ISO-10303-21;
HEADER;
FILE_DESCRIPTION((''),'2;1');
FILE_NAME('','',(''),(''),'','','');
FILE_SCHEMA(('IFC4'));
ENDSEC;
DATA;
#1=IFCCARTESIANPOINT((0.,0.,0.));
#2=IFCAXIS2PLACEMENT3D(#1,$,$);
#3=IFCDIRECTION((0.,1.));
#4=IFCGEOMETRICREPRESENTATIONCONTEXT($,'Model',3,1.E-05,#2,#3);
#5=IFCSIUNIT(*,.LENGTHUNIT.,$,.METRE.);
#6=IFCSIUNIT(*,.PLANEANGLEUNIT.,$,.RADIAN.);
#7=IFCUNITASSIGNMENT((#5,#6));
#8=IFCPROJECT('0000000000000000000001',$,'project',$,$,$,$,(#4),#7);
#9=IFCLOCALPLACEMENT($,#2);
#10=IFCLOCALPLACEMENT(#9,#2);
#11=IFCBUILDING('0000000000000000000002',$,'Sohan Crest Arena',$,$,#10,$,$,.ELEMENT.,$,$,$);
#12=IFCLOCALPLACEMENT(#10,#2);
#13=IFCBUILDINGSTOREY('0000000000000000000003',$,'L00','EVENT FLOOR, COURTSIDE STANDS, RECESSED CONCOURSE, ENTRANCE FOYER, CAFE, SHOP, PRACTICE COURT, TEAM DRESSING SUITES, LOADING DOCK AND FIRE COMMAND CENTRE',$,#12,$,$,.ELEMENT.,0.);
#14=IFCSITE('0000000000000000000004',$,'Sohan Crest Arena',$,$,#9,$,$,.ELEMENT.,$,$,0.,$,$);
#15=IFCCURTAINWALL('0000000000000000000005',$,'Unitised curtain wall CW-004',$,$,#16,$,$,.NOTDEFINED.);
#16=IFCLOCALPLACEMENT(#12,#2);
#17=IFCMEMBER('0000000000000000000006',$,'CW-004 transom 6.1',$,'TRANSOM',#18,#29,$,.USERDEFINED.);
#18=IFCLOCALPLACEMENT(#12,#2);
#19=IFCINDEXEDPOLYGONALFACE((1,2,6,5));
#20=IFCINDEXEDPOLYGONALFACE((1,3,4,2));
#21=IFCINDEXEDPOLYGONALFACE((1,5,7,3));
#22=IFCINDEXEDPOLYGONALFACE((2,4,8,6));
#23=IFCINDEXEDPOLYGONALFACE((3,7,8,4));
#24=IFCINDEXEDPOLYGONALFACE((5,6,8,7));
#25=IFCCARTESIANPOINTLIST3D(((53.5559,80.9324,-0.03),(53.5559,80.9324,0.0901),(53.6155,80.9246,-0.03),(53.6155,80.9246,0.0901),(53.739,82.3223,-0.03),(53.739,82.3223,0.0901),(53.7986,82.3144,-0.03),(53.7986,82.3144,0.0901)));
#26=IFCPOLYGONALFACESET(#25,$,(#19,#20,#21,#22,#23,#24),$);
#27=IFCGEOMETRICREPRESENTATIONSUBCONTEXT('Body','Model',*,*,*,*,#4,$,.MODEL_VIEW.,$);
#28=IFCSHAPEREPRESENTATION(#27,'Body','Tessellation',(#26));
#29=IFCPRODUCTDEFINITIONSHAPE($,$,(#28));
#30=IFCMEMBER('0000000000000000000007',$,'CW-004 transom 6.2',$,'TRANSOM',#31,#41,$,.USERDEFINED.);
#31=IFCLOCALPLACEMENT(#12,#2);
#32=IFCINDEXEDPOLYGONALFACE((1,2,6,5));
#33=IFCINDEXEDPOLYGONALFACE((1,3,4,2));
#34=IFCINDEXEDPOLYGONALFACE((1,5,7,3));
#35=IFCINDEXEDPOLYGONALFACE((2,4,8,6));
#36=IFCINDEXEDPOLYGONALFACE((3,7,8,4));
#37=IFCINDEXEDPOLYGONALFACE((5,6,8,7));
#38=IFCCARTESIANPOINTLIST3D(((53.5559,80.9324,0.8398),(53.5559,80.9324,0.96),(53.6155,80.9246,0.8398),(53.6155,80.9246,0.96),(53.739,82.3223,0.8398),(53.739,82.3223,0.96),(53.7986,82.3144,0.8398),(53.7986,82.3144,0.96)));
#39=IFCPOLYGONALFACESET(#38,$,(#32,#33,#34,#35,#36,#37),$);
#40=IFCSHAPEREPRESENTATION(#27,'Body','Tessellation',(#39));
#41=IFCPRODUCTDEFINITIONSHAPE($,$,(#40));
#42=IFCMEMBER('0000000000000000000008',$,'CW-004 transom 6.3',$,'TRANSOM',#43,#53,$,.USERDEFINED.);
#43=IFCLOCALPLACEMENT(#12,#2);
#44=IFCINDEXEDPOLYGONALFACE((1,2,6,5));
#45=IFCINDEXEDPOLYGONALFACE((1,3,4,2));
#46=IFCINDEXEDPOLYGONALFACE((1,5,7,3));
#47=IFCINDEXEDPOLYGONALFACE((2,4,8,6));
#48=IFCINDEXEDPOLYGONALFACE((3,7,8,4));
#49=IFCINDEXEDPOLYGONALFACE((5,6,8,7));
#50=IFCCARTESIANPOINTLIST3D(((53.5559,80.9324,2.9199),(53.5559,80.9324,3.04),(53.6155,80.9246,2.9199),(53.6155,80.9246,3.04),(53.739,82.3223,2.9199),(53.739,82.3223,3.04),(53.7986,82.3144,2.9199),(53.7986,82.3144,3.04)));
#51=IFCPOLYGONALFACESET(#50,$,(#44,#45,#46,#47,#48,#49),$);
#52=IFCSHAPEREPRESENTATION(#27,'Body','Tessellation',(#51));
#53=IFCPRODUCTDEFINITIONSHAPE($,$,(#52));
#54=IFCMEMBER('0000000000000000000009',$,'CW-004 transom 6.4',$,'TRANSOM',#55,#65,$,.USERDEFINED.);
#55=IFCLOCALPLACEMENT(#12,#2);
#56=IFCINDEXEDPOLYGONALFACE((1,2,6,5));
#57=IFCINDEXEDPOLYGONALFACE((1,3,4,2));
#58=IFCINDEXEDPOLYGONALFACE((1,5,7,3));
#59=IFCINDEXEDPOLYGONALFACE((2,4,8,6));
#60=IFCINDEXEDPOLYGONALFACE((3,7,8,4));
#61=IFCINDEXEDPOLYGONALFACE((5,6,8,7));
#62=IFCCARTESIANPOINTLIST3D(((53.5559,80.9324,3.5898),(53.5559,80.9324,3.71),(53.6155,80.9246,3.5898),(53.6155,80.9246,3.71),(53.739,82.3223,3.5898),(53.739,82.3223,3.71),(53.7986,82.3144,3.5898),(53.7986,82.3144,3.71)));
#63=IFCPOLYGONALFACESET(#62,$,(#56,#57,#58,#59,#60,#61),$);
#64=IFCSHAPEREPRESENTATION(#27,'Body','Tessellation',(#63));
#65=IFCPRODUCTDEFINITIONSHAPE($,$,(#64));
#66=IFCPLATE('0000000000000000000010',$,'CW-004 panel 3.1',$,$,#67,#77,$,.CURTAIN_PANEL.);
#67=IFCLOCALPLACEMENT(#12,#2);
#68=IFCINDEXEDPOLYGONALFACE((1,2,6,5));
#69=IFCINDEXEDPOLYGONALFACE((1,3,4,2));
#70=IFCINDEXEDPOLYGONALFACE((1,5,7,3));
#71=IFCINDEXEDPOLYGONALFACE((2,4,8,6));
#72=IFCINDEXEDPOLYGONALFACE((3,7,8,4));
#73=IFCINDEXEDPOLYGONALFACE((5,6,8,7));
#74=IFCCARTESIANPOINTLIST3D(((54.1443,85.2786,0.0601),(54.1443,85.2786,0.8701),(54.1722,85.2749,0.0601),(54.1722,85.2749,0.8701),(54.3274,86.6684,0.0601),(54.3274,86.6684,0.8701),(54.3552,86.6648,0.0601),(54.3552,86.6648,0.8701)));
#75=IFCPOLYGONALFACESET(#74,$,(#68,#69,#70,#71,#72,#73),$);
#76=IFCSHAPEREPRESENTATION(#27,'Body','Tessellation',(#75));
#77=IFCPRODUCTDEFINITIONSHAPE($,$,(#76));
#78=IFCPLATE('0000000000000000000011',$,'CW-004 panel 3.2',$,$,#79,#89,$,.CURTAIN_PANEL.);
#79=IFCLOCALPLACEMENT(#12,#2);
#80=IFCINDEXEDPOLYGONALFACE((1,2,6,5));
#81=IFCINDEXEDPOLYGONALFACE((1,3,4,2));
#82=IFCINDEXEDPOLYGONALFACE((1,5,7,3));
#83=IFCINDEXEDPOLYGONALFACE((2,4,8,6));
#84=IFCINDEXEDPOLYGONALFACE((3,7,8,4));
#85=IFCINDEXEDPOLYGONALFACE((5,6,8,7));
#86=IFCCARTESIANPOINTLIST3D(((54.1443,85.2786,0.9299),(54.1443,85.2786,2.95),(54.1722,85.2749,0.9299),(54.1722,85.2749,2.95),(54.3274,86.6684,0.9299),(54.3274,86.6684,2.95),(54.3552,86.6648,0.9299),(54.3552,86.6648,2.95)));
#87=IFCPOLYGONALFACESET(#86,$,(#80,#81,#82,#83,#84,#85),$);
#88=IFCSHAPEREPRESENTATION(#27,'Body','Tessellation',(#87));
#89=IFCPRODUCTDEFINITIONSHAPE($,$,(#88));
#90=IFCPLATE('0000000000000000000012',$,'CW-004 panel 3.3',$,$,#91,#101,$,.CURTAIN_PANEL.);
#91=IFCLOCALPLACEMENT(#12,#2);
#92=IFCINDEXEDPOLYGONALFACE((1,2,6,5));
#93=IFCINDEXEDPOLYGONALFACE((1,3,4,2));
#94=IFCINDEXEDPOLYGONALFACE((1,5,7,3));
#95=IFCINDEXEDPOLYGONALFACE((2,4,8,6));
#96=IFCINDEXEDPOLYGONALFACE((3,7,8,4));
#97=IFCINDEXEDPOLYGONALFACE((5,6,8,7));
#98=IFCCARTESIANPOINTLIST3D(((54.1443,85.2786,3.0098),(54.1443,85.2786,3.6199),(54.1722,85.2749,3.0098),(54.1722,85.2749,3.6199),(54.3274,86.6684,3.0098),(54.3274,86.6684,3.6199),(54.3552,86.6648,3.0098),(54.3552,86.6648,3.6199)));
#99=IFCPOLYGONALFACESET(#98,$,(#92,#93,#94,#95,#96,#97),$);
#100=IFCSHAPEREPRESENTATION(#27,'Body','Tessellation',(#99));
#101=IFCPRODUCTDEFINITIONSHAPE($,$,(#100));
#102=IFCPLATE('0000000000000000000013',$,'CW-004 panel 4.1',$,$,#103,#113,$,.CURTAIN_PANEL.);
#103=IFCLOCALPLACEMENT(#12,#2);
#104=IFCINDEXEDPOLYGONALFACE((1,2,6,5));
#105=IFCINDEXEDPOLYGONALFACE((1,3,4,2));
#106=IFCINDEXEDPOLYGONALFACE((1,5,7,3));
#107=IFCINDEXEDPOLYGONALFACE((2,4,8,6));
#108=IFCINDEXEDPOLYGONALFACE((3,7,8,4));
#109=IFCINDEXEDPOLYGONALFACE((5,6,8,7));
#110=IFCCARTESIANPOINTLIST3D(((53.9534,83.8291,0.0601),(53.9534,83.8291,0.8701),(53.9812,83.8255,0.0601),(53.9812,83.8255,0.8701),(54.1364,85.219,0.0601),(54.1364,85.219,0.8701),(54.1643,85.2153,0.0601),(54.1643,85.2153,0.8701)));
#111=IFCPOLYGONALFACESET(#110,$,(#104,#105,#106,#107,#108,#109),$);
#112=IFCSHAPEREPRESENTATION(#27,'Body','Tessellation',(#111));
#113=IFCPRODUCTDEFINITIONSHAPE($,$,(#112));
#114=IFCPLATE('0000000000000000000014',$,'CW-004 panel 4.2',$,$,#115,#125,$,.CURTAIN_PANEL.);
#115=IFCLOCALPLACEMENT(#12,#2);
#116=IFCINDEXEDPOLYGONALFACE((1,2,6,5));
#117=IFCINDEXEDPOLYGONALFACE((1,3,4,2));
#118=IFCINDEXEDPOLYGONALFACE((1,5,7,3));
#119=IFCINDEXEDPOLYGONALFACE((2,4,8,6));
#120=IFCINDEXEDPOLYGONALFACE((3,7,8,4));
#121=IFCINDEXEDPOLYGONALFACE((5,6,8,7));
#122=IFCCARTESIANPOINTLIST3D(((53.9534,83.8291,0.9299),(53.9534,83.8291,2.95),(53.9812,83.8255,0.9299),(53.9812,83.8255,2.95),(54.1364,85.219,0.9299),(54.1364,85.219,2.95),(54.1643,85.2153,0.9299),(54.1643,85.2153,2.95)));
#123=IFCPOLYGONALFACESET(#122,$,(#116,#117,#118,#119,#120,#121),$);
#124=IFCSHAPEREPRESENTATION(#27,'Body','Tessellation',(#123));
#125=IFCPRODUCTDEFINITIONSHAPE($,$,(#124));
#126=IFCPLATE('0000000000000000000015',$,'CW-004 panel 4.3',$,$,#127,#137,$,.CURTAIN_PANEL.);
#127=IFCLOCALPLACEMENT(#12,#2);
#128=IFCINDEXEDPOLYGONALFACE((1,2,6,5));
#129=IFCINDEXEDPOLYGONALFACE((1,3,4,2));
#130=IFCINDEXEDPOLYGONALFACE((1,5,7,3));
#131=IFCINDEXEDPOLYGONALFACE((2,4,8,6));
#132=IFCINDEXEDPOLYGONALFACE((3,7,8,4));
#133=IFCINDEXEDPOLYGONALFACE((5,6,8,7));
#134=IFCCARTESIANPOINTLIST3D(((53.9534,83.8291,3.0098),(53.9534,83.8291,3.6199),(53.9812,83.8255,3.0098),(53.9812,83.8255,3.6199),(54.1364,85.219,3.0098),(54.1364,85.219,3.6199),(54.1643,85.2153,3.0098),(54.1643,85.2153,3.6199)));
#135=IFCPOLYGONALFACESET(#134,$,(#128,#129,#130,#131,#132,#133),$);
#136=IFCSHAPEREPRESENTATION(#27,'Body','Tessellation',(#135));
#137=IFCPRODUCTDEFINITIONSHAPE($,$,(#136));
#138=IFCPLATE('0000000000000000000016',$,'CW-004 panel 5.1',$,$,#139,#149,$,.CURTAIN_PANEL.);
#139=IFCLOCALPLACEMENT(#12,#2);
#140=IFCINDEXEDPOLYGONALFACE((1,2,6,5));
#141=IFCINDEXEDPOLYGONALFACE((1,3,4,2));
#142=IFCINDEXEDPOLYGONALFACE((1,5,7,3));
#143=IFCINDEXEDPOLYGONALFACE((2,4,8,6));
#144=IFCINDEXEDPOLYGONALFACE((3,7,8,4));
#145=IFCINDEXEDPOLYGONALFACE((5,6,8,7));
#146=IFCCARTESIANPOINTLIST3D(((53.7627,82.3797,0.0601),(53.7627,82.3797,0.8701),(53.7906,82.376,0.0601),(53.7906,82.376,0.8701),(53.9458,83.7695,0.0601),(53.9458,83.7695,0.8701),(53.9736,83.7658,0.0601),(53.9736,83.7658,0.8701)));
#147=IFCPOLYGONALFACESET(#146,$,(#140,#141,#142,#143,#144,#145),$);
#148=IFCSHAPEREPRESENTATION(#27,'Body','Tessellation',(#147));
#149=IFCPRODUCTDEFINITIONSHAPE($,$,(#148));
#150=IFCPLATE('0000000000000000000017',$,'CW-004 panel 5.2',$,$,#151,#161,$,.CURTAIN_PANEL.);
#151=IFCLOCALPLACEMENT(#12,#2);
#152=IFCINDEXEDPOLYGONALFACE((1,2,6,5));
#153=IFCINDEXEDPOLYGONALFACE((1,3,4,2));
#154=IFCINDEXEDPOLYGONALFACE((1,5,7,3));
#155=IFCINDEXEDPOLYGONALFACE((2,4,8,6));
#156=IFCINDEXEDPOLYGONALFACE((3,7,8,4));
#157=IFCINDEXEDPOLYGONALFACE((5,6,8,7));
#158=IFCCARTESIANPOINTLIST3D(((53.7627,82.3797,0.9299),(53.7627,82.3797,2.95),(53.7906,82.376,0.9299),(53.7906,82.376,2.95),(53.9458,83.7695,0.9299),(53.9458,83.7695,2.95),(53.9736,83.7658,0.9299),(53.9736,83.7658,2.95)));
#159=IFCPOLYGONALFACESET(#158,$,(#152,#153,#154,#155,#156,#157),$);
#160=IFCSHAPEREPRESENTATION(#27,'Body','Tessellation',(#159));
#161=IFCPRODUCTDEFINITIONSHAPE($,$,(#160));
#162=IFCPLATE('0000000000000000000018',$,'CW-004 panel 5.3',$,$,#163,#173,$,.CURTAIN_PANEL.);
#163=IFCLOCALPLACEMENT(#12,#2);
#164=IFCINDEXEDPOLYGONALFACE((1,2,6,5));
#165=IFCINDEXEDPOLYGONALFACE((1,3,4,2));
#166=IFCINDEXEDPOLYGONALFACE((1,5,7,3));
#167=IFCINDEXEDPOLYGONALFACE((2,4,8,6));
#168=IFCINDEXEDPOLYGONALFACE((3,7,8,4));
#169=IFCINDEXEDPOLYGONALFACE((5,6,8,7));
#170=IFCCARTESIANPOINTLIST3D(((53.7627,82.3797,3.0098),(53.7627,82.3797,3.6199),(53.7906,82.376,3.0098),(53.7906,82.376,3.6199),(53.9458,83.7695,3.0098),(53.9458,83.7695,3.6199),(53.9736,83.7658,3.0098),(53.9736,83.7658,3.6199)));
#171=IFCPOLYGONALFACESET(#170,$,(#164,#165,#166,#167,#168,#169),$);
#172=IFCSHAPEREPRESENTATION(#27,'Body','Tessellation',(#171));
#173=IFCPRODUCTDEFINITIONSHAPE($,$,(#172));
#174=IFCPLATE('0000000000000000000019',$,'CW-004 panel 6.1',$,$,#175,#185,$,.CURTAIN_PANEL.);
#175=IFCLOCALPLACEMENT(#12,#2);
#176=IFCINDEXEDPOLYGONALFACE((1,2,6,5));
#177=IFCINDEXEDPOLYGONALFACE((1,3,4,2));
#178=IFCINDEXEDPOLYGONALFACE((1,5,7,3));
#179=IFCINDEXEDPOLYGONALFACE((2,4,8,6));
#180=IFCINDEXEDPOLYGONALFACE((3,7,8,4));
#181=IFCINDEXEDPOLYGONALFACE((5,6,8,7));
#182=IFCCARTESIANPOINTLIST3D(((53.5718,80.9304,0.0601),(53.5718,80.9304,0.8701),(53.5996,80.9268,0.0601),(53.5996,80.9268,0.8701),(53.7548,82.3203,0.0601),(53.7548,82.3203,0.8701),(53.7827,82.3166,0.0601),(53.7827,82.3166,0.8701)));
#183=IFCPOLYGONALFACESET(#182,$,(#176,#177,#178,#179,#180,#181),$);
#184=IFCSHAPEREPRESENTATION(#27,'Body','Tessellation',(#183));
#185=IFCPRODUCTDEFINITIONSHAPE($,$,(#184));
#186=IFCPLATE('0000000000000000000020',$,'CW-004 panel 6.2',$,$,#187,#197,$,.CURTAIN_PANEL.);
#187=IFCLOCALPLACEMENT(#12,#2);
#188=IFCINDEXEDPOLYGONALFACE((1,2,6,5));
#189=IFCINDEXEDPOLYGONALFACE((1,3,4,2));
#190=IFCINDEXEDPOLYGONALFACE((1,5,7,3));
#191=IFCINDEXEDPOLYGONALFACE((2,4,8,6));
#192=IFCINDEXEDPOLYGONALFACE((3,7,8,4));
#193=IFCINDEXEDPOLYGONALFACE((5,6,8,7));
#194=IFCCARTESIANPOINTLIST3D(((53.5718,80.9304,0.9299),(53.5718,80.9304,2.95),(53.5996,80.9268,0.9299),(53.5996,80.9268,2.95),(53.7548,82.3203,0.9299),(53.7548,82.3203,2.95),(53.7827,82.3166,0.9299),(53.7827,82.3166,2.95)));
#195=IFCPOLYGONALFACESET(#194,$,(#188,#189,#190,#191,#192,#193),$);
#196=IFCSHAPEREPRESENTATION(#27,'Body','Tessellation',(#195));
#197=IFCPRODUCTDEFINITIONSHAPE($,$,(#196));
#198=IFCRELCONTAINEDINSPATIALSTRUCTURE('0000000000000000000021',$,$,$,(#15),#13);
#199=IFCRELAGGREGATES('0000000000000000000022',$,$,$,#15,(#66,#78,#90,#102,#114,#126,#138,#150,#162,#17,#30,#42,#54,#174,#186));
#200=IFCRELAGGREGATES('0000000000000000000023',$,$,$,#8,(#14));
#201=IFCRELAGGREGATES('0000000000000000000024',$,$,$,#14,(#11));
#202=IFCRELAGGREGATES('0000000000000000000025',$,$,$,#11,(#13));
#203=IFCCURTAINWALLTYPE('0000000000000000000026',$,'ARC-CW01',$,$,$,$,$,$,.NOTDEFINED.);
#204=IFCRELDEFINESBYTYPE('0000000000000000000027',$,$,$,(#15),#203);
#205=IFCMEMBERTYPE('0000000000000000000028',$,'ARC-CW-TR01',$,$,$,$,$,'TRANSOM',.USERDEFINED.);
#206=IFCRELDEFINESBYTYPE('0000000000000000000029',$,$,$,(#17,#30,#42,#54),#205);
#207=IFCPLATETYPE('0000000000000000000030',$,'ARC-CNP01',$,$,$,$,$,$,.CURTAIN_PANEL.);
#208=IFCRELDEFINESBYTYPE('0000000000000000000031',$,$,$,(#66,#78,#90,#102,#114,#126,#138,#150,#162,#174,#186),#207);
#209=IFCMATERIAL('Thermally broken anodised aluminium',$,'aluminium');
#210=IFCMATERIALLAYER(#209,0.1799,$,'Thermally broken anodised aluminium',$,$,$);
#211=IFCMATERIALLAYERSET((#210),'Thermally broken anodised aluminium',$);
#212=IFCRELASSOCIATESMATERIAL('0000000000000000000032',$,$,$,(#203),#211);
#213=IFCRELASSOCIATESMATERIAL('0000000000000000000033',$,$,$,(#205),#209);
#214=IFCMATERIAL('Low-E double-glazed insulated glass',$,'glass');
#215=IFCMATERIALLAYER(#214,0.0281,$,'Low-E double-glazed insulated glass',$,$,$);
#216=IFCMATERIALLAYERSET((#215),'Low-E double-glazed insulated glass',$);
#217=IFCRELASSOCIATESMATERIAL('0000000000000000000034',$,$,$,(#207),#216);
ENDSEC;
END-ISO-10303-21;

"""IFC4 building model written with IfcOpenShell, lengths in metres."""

from ifc_helpers import new_model, si_unit, direction, frame, origin, origin_2d, place, context, subcontext, project, spatial, rectangle, extrude, material, layer, layer_set, material_profile, profile_set, type_object, element, aggregate, save


model = new_model("IFC4")

# Units and contexts
model_context = context("Model", 3, precision=1e-05, world=origin(), true_north=direction((0.0, 1.0)))
body_context = subcontext(model_context, "Body", "Model", "MODEL_VIEW")
ifc_project = project(units=[si_unit("LENGTHUNIT", "METRE"), si_unit("PLANEANGLEUNIT", "RADIAN")], contexts=[model_context])

# Site, building, storey
site_placement = place(None, origin())
site = spatial("IfcSite", under=ifc_project, at=site_placement, Name="Sohan Crest Arena", CompositionType="ELEMENT", RefElevation=0.0)
building_placement = place(site_placement, origin())
building = spatial("IfcBuilding", under=site, at=building_placement, Name="Sohan Crest Arena", CompositionType="ELEMENT")
storey_placement = place(building_placement, origin())
storey = spatial("IfcBuildingStorey", under=building, at=storey_placement, Name="L00", Description="EVENT FLOOR, COURTSIDE STANDS, RECESSED CONCOURSE, ENTRANCE FOYER, CAFE, SHOP, PRACTICE COURT, TEAM DRESSING SUITES, LOADING DOCK AND FIRE COMMAND CENTRE", CompositionType="ELEMENT", Elevation=0.0)

# Curtain wall, members, plates
ifc_material_1 = material(Name="Thermally broken anodised aluminium", Category="aluminium")
ifc_layer_1 = layer(ifc_material_1, 0.1799, Name="Thermally broken anodised aluminium")
ifc_layer_set_1 = layer_set([ifc_layer_1], Name="Thermally broken anodised aluminium")
curtain_wall_type = type_object("IfcCurtainWallType", Name="ARC-CW01", PredefinedType="NOTDEFINED", material=ifc_layer_set_1)
curtain_wall_placement = place(storey_placement, origin())
curtain_wall = element("IfcCurtainWall", 1, at=curtain_wall_placement, inside=storey, type_object=curtain_wall_type, Name="Unitised curtain wall CW-004", PredefinedType="NOTDEFINED")
ifc_material_profile_1 = material_profile(ifc_material_1, rectangle(XDim=0.0601, YDim=0.1201, at=origin_2d()), Name="ALU-TRAN 60x120")
ifc_profile_set_1 = profile_set([ifc_material_profile_1], Name="Thermally broken anodised aluminium")
member_type_1 = type_object("IfcMemberType", Name="ARC-CW-TR01", ElementType="TRANSOM", PredefinedType="USERDEFINED", material=ifc_profile_set_1)
member_1_placement = place(storey_placement, frame((53.7688, 82.3184, 0.03), z_axis=(-0.130612, -0.991434, 0.0), x_axis=(0.991434, -0.130612, 0.0)))
member_1 = element("IfcMember", 2, at=member_1_placement, type_object=member_type_1, Name="CW-004 transom 6.1", ObjectType="TRANSOM", PredefinedType="USERDEFINED", context=body_context, shape_type="SweptSolid", body=[
    extrude(rectangle(XDim=0.0601, YDim=0.1201, at=origin_2d()), origin(), (0.0, 0.0, 1.0), 1.4019),
])
member_2_placement = place(storey_placement, frame((53.7688, 82.3184, 0.8999), z_axis=(-0.130612, -0.991434, 0.0), x_axis=(0.991434, -0.130612, 0.0)))
member_2 = element("IfcMember", 3, at=member_2_placement, type_object=member_type_1, Name="CW-004 transom 6.2", ObjectType="TRANSOM", PredefinedType="USERDEFINED", context=body_context, shape_type="SweptSolid", body=[
    extrude(rectangle(XDim=0.0601, YDim=0.1201, at=origin_2d()), origin(), (0.0, 0.0, 1.0), 1.4019),
])
member_3_placement = place(storey_placement, frame((53.7688, 82.3184, 2.98), z_axis=(-0.130612, -0.991434, 0.0), x_axis=(0.991434, -0.130612, 0.0)))
member_3 = element("IfcMember", 4, at=member_3_placement, type_object=member_type_1, Name="CW-004 transom 6.3", ObjectType="TRANSOM", PredefinedType="USERDEFINED", context=body_context, shape_type="SweptSolid", body=[
    extrude(rectangle(XDim=0.0601, YDim=0.1201, at=origin_2d()), origin(), (0.0, 0.0, 1.0), 1.4019),
])
member_4_placement = place(storey_placement, frame((53.7688, 82.3184, 3.6499), z_axis=(-0.130612, -0.991434, 0.0), x_axis=(0.991434, -0.130612, 0.0)))
member_4 = element("IfcMember", 5, at=member_4_placement, type_object=member_type_1, Name="CW-004 transom 6.4", ObjectType="TRANSOM", PredefinedType="USERDEFINED", context=body_context, shape_type="SweptSolid", body=[
    extrude(rectangle(XDim=0.0601, YDim=0.1201, at=origin_2d()), origin(), (0.0, 0.0, 1.0), 1.4019),
])
ifc_material_2 = material(Name="Low-E double-glazed insulated glass", Category="glass")
ifc_layer_2 = layer(ifc_material_2, 0.0281, Name="Low-E double-glazed insulated glass")
ifc_layer_set_2 = layer_set([ifc_layer_2], Name="Low-E double-glazed insulated glass")
plate_type = type_object("IfcPlateType", Name="ARC-CNP01", PredefinedType="CURTAIN_PANEL", material=ifc_layer_set_2)
plate_1_placement = place(storey_placement, frame((54.2498, 85.9717, 0.0601), z_axis=(0.0, 0.0, 1.0), x_axis=(-0.130567, -0.991439, 0.0)))
plate_1 = element("IfcPlate", 6, at=plate_1_placement, type_object=plate_type, Name="CW-004 panel 3.1", PredefinedType="CURTAIN_PANEL", context=body_context, shape_type="SweptSolid", body=[
    extrude(rectangle(XDim=1.4019, YDim=0.0281, at=origin_2d()), origin(), (0.0, 0.0, 1.0), 0.8101),
])
plate_2_placement = place(storey_placement, frame((54.2498, 85.9717, 0.9299), z_axis=(0.0, 0.0, 1.0), x_axis=(-0.130567, -0.991439, 0.0)))
plate_2 = element("IfcPlate", 7, at=plate_2_placement, type_object=plate_type, Name="CW-004 panel 3.2", PredefinedType="CURTAIN_PANEL", context=body_context, shape_type="SweptSolid", body=[
    extrude(rectangle(XDim=1.4019, YDim=0.0281, at=origin_2d()), origin(), (0.0, 0.0, 1.0), 2.02),
])
plate_3_placement = place(storey_placement, frame((54.2498, 85.9717, 3.0098), z_axis=(0.0, 0.0, 1.0), x_axis=(-0.130567, -0.991439, 0.0)))
plate_3 = element("IfcPlate", 8, at=plate_3_placement, type_object=plate_type, Name="CW-004 panel 3.3", PredefinedType="CURTAIN_PANEL", context=body_context, shape_type="SweptSolid", body=[
    extrude(rectangle(XDim=1.4019, YDim=0.0281, at=origin_2d()), origin(), (0.0, 0.0, 1.0), 0.6101),
])
plate_4_placement = place(storey_placement, frame((54.0588, 84.5222, 0.0601), z_axis=(0.0, 0.0, 1.0), x_axis=(-0.130567, -0.991439, 0.0)))
plate_4 = element("IfcPlate", 9, at=plate_4_placement, type_object=plate_type, Name="CW-004 panel 4.1", PredefinedType="CURTAIN_PANEL", context=body_context, shape_type="SweptSolid", body=[
    extrude(rectangle(XDim=1.4019, YDim=0.0281, at=origin_2d()), origin(), (0.0, 0.0, 1.0), 0.8101),
])
plate_5_placement = place(storey_placement, frame((54.0588, 84.5222, 0.9299), z_axis=(0.0, 0.0, 1.0), x_axis=(-0.130567, -0.991439, 0.0)))
plate_5 = element("IfcPlate", 10, at=plate_5_placement, type_object=plate_type, Name="CW-004 panel 4.2", PredefinedType="CURTAIN_PANEL", context=body_context, shape_type="SweptSolid", body=[
    extrude(rectangle(XDim=1.4019, YDim=0.0281, at=origin_2d()), origin(), (0.0, 0.0, 1.0), 2.02),
])
plate_6_placement = place(storey_placement, frame((54.0588, 84.5222, 3.0098), z_axis=(0.0, 0.0, 1.0), x_axis=(-0.130567, -0.991439, 0.0)))
plate_6 = element("IfcPlate", 11, at=plate_6_placement, type_object=plate_type, Name="CW-004 panel 4.3", PredefinedType="CURTAIN_PANEL", context=body_context, shape_type="SweptSolid", body=[
    extrude(rectangle(XDim=1.4019, YDim=0.0281, at=origin_2d()), origin(), (0.0, 0.0, 1.0), 0.6101),
])
plate_7_placement = place(storey_placement, frame((53.8682, 83.0728, 0.0601), z_axis=(0.0, 0.0, 1.0), x_axis=(-0.130567, -0.991439, 0.0)))
plate_7 = element("IfcPlate", 12, at=plate_7_placement, type_object=plate_type, Name="CW-004 panel 5.1", PredefinedType="CURTAIN_PANEL", context=body_context, shape_type="SweptSolid", body=[
    extrude(rectangle(XDim=1.4019, YDim=0.0281, at=origin_2d()), origin(), (0.0, 0.0, 1.0), 0.8101),
])
plate_8_placement = place(storey_placement, frame((53.8682, 83.0728, 0.9299), z_axis=(0.0, 0.0, 1.0), x_axis=(-0.130567, -0.991439, 0.0)))
plate_8 = element("IfcPlate", 13, at=plate_8_placement, type_object=plate_type, Name="CW-004 panel 5.2", PredefinedType="CURTAIN_PANEL", context=body_context, shape_type="SweptSolid", body=[
    extrude(rectangle(XDim=1.4019, YDim=0.0281, at=origin_2d()), origin(), (0.0, 0.0, 1.0), 2.02),
])
plate_9_placement = place(storey_placement, frame((53.8682, 83.0728, 3.0098), z_axis=(0.0, 0.0, 1.0), x_axis=(-0.130567, -0.991439, 0.0)))
plate_9 = element("IfcPlate", 14, at=plate_9_placement, type_object=plate_type, Name="CW-004 panel 5.3", PredefinedType="CURTAIN_PANEL", context=body_context, shape_type="SweptSolid", body=[
    extrude(rectangle(XDim=1.4019, YDim=0.0281, at=origin_2d()), origin(), (0.0, 0.0, 1.0), 0.6101),
])
plate_10_placement = place(storey_placement, frame((53.6772, 81.6235, 0.0601), z_axis=(0.0, 0.0, 1.0), x_axis=(-0.130567, -0.991439, 0.0)))
plate_10 = element("IfcPlate", 15, at=plate_10_placement, type_object=plate_type, Name="CW-004 panel 6.1", PredefinedType="CURTAIN_PANEL", context=body_context, shape_type="SweptSolid", body=[
    extrude(rectangle(XDim=1.4019, YDim=0.0281, at=origin_2d()), origin(), (0.0, 0.0, 1.0), 0.8101),
])
plate_11_placement = place(storey_placement, frame((53.6772, 81.6235, 0.9299), z_axis=(0.0, 0.0, 1.0), x_axis=(-0.130567, -0.991439, 0.0)))
plate_11 = element("IfcPlate", 16, at=plate_11_placement, type_object=plate_type, Name="CW-004 panel 6.2", PredefinedType="CURTAIN_PANEL", context=body_context, shape_type="SweptSolid", body=[
    extrude(rectangle(XDim=1.4019, YDim=0.0281, at=origin_2d()), origin(), (0.0, 0.0, 1.0), 2.02),
])
aggregate(curtain_wall, [plate_1, plate_2, plate_3, plate_4, plate_5, plate_6, plate_7, plate_8, plate_9, member_1, member_2, member_3, member_4, plate_10, plate_11])

save(model, "model.ifc")
